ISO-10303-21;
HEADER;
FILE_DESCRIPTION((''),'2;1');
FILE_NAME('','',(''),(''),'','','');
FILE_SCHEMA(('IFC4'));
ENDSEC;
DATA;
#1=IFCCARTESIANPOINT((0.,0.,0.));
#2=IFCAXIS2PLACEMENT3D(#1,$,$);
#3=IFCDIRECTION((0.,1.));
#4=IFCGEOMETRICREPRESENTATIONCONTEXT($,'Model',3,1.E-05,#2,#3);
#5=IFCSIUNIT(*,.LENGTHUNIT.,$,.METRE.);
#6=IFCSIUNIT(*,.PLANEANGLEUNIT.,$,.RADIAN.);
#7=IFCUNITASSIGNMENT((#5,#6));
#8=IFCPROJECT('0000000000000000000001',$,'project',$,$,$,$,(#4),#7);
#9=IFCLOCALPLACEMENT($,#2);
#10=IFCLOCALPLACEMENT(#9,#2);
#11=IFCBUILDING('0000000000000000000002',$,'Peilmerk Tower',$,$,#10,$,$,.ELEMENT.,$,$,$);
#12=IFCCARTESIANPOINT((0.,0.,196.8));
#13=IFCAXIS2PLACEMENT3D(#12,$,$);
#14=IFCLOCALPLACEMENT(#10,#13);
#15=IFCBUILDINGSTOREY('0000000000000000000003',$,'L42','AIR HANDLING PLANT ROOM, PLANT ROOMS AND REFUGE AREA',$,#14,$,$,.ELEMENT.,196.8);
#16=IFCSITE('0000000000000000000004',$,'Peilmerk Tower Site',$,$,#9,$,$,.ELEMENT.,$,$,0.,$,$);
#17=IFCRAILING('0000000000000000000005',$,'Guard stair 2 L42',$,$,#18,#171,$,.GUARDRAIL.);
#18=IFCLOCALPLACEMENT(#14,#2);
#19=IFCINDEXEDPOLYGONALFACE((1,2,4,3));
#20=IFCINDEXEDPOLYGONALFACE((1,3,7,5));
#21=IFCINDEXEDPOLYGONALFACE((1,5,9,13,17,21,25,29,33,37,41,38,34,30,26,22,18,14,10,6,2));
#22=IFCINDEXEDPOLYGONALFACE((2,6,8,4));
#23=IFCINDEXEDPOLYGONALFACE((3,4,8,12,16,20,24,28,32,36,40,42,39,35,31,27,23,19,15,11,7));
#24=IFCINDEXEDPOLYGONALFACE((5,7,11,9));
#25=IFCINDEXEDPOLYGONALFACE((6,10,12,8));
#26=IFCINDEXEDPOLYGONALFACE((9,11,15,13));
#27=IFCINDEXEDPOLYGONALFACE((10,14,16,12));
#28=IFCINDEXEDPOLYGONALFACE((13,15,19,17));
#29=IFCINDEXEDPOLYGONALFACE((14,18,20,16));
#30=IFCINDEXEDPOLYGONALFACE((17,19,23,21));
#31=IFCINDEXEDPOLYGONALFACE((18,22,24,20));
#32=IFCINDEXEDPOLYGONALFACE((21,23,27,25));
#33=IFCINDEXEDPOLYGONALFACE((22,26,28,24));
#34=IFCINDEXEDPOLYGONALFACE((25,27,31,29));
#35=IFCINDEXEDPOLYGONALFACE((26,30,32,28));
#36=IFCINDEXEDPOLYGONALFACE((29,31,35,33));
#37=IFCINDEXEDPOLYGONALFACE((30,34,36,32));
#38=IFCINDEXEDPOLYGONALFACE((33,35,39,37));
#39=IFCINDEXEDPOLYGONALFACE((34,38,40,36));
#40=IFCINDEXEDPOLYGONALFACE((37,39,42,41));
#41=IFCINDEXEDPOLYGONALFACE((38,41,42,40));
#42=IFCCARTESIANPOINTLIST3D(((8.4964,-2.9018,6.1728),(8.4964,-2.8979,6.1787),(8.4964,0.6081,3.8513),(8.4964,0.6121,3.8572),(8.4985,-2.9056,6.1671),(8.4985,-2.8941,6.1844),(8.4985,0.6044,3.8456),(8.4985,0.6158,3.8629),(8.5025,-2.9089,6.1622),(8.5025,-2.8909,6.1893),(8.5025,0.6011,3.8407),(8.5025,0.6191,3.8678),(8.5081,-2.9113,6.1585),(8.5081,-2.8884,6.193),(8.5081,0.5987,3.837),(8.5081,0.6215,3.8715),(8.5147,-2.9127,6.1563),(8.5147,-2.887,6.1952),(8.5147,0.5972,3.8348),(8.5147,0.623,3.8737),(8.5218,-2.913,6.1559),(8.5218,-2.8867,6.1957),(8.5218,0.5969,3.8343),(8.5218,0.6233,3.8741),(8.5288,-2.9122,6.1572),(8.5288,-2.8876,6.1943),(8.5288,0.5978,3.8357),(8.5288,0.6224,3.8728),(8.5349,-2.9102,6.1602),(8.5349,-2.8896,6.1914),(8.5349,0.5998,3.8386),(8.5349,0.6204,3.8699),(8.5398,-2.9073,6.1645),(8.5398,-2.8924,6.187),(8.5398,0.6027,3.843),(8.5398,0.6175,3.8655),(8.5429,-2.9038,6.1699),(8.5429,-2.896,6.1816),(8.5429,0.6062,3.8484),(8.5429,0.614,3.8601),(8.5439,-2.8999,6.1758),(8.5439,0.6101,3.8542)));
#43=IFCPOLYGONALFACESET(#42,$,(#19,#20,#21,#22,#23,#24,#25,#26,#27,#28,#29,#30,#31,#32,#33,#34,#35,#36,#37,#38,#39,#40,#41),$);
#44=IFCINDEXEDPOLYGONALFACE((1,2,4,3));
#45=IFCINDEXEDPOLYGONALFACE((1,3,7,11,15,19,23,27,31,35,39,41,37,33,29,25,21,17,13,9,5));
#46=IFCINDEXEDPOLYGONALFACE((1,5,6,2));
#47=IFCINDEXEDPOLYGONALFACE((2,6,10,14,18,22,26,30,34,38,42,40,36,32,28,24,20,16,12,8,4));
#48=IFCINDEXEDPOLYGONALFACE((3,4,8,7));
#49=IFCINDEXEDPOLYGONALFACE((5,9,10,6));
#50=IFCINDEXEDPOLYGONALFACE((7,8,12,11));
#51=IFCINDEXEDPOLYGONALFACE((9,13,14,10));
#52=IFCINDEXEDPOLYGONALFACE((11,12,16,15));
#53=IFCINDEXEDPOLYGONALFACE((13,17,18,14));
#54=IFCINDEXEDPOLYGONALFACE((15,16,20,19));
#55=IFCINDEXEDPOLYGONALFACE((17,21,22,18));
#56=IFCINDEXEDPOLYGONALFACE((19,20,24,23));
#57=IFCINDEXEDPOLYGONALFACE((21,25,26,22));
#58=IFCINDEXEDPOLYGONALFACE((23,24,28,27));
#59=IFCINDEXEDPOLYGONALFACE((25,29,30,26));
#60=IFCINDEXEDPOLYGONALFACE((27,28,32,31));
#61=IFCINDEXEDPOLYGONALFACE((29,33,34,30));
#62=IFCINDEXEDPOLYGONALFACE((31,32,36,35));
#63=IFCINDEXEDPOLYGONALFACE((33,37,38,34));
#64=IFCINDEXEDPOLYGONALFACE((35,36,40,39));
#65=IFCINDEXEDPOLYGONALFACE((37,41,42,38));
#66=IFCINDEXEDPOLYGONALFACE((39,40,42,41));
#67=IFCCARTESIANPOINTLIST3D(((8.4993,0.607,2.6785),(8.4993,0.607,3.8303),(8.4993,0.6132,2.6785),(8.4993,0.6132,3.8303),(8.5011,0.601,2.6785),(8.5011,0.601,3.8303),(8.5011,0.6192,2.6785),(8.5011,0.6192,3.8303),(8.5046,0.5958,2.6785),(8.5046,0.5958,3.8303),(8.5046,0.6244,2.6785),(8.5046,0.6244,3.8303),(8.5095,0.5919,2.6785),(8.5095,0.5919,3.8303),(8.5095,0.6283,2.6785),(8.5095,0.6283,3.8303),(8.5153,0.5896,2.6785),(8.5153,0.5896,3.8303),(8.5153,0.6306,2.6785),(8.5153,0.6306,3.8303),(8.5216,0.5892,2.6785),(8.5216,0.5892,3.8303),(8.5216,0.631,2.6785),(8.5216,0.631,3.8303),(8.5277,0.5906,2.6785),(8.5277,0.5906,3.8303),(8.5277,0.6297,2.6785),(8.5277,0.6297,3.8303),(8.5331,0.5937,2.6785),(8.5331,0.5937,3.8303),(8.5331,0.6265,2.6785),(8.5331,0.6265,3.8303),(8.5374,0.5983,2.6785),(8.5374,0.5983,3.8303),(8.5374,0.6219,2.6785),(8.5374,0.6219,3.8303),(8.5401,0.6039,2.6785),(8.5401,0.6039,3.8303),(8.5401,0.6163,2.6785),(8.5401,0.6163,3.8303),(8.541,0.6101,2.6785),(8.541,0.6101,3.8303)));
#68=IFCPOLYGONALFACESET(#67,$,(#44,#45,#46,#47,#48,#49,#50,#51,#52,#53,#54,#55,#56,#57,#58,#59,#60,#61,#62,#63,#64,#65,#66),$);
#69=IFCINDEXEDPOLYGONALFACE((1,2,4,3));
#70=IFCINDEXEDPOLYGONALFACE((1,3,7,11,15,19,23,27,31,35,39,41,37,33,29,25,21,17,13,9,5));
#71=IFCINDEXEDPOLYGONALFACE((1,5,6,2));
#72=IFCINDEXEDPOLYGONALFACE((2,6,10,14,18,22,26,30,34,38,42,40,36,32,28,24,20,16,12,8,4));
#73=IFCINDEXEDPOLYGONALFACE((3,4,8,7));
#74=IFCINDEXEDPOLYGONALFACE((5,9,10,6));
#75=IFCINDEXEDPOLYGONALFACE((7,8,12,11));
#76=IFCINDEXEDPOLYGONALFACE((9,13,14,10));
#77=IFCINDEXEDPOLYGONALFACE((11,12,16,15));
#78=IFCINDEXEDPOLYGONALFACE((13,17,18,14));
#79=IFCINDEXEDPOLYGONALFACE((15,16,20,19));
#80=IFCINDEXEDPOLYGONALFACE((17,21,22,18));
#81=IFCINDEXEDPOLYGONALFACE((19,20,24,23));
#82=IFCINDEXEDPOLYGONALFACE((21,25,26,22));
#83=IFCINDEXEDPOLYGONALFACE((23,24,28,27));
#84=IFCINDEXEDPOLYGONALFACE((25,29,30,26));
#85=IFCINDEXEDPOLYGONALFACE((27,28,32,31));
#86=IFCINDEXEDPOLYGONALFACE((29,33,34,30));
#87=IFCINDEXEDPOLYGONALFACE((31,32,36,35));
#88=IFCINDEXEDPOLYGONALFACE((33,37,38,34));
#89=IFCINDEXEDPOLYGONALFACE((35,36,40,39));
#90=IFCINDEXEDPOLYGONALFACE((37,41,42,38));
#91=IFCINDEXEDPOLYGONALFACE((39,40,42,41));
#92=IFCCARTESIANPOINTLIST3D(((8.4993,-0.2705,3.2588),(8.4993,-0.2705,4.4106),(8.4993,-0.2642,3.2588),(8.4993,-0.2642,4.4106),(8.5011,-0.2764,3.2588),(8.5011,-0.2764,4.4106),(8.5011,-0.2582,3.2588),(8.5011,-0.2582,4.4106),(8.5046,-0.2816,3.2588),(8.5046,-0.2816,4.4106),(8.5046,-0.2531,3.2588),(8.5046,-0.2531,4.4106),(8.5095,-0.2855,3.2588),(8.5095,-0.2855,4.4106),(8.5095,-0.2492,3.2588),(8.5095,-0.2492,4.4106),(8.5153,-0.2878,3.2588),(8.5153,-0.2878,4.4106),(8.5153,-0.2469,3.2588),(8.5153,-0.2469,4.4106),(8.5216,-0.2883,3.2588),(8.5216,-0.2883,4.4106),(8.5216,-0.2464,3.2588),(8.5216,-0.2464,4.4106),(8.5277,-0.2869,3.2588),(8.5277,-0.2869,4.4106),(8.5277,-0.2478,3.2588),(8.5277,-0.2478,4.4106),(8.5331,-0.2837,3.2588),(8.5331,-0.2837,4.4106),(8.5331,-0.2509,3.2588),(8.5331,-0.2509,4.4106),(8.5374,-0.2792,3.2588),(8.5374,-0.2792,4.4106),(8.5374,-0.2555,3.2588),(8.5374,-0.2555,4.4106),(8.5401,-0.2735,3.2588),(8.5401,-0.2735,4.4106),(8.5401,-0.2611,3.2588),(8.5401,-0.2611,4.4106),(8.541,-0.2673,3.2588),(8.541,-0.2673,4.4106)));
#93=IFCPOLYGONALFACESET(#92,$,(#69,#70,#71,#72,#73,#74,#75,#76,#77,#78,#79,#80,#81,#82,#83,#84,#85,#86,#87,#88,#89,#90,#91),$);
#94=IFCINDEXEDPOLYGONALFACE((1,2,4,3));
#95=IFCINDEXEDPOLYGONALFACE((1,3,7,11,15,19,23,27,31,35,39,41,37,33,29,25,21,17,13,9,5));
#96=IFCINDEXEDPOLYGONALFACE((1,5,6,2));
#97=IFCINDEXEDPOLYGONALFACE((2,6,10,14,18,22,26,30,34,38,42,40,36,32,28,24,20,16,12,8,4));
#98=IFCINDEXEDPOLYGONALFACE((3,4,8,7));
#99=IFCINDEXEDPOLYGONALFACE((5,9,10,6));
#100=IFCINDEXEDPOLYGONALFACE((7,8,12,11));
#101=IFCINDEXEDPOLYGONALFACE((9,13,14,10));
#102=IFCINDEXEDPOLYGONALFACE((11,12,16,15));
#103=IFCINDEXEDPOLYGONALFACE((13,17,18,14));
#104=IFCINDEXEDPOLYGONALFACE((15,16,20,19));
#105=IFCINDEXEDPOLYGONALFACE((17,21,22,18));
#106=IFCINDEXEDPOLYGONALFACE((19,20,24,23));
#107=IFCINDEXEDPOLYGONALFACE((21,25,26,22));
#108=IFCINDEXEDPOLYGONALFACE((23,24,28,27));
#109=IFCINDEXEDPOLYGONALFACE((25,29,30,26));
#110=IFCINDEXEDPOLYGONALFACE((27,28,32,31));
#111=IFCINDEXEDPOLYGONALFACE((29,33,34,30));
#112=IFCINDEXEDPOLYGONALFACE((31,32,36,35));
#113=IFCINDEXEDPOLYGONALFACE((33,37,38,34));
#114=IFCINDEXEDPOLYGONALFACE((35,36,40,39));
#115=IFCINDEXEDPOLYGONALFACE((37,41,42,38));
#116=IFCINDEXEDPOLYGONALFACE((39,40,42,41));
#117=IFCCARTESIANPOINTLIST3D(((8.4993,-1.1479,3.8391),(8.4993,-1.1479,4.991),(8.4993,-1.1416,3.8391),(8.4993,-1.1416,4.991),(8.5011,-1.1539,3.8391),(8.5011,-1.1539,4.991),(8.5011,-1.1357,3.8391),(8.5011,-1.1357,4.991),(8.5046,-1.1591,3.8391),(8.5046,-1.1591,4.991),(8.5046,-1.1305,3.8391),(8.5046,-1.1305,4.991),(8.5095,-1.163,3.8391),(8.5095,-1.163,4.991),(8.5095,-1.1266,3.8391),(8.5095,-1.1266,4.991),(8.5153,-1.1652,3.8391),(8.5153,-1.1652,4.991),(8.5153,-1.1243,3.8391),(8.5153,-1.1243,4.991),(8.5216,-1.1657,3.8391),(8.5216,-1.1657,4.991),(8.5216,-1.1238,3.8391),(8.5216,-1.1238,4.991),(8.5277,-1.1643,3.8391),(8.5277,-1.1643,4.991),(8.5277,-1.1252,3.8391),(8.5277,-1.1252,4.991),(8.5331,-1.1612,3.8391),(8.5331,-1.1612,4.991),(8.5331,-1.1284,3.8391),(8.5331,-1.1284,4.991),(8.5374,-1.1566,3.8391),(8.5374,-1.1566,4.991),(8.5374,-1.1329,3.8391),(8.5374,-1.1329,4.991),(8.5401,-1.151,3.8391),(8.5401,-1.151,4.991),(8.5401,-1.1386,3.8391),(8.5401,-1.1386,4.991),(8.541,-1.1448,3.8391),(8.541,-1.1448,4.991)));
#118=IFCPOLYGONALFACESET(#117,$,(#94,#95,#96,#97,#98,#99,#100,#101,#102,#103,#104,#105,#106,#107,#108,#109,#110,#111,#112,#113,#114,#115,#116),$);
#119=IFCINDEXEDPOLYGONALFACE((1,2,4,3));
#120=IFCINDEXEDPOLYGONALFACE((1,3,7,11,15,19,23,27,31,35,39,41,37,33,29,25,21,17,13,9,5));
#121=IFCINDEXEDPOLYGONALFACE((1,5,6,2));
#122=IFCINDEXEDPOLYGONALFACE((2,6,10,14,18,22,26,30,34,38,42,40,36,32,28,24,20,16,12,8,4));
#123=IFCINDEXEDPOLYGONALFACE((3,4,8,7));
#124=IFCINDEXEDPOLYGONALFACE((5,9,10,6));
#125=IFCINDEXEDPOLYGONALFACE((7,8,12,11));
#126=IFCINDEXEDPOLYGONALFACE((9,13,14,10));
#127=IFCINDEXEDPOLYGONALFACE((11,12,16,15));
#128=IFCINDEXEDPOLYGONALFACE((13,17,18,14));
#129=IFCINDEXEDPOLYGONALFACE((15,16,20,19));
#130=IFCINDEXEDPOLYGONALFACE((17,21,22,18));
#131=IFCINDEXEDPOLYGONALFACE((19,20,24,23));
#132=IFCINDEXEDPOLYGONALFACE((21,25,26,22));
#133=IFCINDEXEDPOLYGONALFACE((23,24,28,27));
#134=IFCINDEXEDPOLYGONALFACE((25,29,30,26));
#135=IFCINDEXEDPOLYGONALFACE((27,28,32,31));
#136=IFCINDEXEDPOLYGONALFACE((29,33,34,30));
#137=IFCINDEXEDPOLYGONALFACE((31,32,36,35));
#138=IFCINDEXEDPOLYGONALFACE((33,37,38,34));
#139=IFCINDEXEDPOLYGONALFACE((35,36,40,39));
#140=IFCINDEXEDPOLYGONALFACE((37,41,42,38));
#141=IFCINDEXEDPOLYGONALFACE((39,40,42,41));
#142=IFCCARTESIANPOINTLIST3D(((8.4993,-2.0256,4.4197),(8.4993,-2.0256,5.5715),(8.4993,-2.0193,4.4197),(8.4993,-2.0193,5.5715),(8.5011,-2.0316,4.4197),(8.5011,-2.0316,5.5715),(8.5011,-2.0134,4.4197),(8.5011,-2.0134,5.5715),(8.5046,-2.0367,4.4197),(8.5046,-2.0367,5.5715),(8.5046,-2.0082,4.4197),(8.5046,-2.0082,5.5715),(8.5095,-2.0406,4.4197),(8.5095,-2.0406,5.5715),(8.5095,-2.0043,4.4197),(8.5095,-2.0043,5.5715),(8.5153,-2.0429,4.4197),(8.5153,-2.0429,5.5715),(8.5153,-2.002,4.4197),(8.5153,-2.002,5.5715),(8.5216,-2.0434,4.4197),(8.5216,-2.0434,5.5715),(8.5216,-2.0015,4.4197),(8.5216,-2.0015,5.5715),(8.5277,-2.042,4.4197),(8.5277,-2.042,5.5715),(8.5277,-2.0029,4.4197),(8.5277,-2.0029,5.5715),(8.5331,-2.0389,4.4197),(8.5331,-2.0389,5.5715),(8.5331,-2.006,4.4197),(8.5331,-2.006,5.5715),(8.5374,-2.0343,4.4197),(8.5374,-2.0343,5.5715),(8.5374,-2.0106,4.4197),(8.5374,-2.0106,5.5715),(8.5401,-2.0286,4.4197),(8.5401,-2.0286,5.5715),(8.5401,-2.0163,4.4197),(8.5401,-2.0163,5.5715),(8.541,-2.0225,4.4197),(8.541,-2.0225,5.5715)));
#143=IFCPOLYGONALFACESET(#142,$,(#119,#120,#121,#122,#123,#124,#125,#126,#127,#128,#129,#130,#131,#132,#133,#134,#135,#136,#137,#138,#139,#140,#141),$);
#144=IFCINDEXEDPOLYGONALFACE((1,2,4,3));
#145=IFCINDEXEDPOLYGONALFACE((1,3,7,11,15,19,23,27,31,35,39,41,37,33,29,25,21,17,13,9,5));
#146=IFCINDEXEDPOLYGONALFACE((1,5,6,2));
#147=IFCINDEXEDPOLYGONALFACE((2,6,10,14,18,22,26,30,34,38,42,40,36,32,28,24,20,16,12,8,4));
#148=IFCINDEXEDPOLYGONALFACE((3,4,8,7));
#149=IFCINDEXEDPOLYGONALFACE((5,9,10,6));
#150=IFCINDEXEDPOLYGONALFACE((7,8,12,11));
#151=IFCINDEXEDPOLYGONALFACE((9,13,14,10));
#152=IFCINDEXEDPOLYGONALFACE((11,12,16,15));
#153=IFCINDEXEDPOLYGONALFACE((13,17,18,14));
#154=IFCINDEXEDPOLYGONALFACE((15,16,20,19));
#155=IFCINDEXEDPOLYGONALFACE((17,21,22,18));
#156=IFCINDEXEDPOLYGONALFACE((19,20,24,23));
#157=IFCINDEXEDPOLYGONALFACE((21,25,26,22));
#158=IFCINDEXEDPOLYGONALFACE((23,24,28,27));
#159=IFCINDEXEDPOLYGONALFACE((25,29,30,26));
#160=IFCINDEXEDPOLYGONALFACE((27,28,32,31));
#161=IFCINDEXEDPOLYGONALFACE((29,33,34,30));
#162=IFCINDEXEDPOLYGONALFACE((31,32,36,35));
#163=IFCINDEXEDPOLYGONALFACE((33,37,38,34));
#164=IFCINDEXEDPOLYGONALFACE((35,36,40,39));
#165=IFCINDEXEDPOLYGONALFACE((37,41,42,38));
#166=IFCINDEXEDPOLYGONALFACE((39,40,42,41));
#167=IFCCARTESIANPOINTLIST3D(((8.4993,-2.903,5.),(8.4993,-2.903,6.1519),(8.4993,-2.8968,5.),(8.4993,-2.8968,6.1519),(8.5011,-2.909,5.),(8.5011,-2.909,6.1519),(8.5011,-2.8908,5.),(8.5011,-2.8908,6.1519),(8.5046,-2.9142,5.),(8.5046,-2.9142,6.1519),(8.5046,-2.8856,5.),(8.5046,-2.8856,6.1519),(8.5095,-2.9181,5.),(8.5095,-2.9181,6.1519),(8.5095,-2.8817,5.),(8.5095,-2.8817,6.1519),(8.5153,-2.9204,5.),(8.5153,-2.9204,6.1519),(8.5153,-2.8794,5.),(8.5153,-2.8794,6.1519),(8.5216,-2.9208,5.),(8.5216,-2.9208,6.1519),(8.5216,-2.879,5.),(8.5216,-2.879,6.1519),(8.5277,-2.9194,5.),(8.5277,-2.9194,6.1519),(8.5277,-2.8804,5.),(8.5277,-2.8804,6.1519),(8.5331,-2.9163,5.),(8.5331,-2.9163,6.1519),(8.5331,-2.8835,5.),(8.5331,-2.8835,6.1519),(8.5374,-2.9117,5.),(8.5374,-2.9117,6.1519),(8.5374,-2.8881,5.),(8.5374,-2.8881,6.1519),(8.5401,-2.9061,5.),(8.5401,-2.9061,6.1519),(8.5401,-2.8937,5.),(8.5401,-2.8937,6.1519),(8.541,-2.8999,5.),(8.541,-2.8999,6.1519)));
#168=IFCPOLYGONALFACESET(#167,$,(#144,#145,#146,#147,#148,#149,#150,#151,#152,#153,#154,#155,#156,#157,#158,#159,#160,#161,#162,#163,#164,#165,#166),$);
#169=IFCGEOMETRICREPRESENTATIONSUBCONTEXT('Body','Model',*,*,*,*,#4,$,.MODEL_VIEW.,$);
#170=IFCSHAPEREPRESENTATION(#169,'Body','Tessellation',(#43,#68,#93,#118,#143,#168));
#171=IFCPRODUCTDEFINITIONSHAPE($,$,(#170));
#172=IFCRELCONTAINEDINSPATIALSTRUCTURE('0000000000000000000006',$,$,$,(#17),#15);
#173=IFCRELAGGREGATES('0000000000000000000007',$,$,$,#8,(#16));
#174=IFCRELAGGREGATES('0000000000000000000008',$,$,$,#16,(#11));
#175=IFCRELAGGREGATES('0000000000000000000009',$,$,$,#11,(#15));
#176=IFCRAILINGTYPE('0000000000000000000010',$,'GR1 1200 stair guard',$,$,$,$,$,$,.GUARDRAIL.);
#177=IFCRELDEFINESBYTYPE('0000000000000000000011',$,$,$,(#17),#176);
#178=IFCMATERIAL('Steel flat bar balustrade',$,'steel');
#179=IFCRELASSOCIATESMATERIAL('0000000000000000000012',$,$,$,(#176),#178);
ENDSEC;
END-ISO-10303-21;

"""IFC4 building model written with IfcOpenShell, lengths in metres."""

from ifc_helpers import new_model, si_unit, direction, frame, origin, origin_2d, place, context, subcontext, project, spatial, circle, extrude, material, type_object, element, save


model = new_model("IFC4")

# Units and contexts
model_context = context("Model", 3, precision=1e-05, world=origin(), true_north=direction((0.0, 1.0)))
body_context = subcontext(model_context, "Body", "Model", "MODEL_VIEW")
ifc_project = project(units=[si_unit("LENGTHUNIT", "METRE"), si_unit("PLANEANGLEUNIT", "RADIAN")], contexts=[model_context])

# Site, building, storey
site_placement = place(None, origin())
site = spatial("IfcSite", under=ifc_project, at=site_placement, Name="Peilmerk Tower Site", CompositionType="ELEMENT", RefElevation=0.0)
building_placement = place(site_placement, origin())
building = spatial("IfcBuilding", under=site, at=building_placement, Name="Peilmerk Tower", CompositionType="ELEMENT")
storey_placement = place(building_placement, frame((0.0, 0.0, 196.8)))
storey = spatial("IfcBuildingStorey", under=building, at=storey_placement, Name="L42", Description="AIR HANDLING PLANT ROOM, PLANT ROOMS AND REFUGE AREA", CompositionType="ELEMENT", Elevation=196.8)

# Railing
ifc_material_1 = material(Name="Steel flat bar balustrade", Category="steel")
railing_type_1 = type_object("IfcRailingType", Name="GR1 1200 stair guard", PredefinedType="GUARDRAIL", material=ifc_material_1)
railing_1_placement = place(storey_placement, frame((8.52, 0.6101, 2.6785)))
element("IfcRailing", 1, at=railing_1_placement, inside=storey, type_object=railing_type_1, Name="Guard stair 2 L42", PredefinedType="GUARDRAIL", context=body_context, shape_type="SweptSolid", body=[
    extrude(circle(Radius=0.0239, at=origin_2d()), frame((0.0, 0.0, 1.1758), z_axis=(0.0, -0.834071, 0.551657), x_axis=(1.0, 0.0, 0.0)), (0.0, 0.0, 1.0), 4.2083),
    extrude(circle(Radius=0.021, at=origin_2d()), origin(), (0.0, 0.0, 1.0), 1.1519),
    extrude(circle(Radius=0.021, at=origin_2d()), frame((0.0, -0.8774, 0.5803)), (0.0, 0.0, 1.0), 1.1519),
    extrude(circle(Radius=0.021, at=origin_2d()), frame((0.0, -1.7549, 1.1606)), (0.0, 0.0, 1.0), 1.1519),
    extrude(circle(Radius=0.021, at=origin_2d()), frame((0.0, -2.6326, 1.7412)), (0.0, 0.0, 1.0), 1.1519),
    extrude(circle(Radius=0.021, at=origin_2d()), frame((0.0, -3.51, 2.3215)), (0.0, 0.0, 1.0), 1.1519),
])

save(model, "model.ifc")
